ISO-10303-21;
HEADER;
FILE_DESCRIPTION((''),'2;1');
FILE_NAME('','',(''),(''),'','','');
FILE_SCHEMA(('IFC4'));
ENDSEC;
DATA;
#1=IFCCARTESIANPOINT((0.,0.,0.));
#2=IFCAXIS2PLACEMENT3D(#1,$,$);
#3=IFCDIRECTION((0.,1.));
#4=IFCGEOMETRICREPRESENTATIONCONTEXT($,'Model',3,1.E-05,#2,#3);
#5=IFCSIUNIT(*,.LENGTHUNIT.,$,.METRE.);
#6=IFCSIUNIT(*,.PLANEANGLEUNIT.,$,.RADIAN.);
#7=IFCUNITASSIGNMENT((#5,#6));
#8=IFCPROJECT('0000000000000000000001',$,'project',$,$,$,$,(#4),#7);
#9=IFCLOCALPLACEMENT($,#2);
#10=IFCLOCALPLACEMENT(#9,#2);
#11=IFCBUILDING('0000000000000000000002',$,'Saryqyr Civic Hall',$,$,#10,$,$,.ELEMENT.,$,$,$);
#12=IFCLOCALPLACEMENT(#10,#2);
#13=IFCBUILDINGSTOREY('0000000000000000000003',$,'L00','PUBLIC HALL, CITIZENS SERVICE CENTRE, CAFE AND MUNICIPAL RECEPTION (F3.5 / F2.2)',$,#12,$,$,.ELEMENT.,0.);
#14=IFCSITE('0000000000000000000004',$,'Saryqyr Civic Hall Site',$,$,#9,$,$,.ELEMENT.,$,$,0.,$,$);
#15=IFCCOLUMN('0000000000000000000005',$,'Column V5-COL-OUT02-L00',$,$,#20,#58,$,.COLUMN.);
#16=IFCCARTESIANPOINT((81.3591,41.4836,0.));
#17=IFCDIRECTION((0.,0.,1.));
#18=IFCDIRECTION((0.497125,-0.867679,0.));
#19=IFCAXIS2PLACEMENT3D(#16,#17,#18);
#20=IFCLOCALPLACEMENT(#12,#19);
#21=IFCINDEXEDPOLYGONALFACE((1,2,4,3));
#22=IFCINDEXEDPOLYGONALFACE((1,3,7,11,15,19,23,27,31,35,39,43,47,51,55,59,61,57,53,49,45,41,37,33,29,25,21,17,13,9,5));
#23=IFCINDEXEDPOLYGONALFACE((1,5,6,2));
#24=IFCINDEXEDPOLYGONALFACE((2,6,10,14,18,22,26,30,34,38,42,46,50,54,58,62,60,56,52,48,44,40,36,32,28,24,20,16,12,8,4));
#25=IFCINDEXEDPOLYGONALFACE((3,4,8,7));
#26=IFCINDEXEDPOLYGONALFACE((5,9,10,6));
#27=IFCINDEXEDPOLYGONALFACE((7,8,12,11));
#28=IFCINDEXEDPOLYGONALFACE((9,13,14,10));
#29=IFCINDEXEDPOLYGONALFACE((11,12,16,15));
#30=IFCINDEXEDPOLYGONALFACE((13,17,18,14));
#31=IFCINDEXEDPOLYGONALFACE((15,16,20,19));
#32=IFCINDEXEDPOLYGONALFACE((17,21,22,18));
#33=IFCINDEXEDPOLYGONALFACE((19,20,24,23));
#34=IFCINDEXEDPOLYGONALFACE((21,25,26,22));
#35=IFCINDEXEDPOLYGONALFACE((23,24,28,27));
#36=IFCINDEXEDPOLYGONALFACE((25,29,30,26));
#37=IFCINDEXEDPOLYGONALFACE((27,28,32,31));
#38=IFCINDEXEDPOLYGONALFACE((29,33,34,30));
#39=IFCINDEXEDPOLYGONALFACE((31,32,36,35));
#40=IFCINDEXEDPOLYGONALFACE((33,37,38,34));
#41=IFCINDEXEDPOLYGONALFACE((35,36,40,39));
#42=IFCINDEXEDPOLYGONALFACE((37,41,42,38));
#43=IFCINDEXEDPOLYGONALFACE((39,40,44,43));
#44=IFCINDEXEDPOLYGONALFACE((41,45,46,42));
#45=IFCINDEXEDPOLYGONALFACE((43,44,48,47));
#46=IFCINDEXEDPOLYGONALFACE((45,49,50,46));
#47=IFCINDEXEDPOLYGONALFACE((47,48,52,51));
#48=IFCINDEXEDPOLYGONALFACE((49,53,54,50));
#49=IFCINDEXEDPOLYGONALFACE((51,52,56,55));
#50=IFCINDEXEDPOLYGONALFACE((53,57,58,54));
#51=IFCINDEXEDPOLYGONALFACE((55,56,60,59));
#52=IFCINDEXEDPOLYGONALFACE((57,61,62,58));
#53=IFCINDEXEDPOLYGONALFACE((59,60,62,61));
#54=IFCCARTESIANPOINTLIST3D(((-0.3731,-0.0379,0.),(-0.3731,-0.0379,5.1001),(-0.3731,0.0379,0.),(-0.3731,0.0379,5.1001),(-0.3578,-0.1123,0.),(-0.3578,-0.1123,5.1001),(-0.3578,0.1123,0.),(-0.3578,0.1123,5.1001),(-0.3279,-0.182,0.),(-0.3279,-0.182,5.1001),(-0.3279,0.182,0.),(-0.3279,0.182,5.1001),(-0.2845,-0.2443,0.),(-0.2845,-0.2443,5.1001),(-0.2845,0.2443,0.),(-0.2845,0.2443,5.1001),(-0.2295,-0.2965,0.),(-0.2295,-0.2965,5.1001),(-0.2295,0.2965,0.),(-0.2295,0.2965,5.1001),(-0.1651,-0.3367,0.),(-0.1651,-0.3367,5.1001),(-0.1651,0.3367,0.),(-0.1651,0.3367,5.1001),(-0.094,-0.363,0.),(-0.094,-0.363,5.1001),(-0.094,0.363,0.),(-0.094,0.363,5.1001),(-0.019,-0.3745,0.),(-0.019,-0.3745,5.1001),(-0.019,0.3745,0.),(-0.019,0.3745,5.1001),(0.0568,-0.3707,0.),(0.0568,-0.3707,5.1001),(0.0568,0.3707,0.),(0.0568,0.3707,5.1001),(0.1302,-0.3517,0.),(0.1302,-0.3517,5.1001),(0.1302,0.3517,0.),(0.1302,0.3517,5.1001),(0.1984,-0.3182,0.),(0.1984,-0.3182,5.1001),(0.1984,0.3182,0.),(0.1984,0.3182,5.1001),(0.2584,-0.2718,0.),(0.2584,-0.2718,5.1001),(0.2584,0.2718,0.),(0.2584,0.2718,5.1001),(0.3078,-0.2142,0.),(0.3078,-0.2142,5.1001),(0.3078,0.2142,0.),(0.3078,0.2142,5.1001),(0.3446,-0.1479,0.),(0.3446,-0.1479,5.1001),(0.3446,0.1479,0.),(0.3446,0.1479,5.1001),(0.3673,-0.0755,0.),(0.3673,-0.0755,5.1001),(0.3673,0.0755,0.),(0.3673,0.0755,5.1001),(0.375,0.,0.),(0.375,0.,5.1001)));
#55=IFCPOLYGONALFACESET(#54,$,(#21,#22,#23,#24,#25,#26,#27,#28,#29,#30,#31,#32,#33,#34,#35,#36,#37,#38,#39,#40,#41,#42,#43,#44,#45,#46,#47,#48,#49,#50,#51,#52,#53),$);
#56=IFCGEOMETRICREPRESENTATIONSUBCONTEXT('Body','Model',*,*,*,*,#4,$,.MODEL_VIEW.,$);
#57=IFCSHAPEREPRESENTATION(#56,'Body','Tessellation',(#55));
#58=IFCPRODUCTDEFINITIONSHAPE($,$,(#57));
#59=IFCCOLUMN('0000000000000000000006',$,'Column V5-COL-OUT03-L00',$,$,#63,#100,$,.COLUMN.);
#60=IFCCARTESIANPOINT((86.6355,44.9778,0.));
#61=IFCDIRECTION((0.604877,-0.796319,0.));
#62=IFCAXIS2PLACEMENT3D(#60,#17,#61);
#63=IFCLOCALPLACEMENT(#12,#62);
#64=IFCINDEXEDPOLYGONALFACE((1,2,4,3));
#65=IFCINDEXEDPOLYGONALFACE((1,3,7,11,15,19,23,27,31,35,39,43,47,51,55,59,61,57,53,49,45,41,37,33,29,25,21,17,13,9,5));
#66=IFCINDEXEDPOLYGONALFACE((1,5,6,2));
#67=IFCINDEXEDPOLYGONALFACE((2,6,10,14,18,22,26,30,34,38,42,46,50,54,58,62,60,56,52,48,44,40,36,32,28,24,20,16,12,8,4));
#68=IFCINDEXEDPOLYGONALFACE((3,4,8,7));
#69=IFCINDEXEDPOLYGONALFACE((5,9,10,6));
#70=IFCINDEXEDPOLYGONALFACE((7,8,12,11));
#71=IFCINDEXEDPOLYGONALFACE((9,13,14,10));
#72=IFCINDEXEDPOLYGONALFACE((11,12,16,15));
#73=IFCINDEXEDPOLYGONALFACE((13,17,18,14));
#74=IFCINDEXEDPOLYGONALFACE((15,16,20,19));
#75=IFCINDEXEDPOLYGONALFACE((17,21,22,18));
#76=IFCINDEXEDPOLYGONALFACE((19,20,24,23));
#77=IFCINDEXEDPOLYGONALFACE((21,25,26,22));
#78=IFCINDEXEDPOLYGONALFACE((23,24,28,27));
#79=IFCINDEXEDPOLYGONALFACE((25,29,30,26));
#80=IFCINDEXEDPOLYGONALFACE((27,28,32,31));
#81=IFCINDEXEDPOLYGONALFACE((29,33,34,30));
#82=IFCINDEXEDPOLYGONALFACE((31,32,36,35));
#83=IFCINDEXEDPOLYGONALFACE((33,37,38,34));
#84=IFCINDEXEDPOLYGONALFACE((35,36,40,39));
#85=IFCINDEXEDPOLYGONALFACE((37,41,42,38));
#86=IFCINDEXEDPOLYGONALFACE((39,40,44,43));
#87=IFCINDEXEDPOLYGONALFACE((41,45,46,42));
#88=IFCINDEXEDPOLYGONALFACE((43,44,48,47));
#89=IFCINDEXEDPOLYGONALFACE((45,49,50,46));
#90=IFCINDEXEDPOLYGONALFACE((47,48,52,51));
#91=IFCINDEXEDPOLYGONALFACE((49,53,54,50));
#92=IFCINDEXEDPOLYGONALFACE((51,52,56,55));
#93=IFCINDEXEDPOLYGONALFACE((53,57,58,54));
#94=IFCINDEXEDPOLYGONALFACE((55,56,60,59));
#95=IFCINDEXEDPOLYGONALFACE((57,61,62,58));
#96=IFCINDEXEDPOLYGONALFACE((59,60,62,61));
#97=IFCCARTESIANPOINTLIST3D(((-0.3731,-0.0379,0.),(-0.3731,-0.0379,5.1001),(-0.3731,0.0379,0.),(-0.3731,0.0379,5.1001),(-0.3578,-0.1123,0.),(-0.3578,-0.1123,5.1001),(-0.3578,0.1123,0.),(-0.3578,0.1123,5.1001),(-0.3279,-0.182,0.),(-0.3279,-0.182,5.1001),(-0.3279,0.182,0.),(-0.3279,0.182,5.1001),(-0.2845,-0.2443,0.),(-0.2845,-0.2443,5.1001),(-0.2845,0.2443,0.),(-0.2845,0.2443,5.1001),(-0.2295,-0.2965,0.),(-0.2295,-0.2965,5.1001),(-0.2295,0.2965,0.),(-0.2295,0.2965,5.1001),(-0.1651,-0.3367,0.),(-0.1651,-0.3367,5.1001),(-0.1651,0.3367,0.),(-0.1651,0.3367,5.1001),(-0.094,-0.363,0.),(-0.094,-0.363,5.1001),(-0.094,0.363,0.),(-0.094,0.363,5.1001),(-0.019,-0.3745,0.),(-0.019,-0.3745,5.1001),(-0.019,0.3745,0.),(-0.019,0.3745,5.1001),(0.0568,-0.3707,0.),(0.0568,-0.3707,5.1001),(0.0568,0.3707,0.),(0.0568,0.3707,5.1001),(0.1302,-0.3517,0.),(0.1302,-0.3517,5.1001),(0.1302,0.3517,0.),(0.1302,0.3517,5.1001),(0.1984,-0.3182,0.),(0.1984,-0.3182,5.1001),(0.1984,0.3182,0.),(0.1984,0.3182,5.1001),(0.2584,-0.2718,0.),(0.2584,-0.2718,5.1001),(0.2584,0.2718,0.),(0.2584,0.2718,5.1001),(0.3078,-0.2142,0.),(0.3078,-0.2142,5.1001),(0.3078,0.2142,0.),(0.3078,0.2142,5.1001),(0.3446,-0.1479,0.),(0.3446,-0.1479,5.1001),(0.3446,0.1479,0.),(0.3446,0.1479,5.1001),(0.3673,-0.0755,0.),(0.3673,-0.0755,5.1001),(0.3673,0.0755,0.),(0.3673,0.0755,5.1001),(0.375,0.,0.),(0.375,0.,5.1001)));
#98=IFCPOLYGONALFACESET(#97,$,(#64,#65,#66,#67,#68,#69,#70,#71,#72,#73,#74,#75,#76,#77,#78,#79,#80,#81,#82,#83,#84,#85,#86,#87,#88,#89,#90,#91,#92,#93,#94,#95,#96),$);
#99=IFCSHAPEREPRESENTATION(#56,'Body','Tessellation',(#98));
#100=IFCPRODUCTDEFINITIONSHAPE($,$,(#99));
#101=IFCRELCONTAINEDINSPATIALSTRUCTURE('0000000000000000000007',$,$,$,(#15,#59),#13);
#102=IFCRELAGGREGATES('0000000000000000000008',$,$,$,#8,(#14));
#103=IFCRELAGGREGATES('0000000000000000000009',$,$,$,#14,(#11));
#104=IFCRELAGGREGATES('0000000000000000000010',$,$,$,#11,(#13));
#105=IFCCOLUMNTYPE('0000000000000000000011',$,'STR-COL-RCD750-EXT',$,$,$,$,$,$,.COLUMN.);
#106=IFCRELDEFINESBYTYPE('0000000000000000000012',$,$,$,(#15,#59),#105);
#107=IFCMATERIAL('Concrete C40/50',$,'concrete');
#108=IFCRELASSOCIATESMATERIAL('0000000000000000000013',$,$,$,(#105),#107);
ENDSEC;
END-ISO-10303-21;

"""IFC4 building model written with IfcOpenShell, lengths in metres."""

from ifc_helpers import new_model, si_unit, direction, frame, origin, origin_2d, place, context, subcontext, project, spatial, circle, extrude, material, material_profile, profile_set, type_object, element, save


model = new_model("IFC4")

# Units and contexts
model_context = context("Model", 3, precision=1e-05, world=origin(), true_north=direction((0.0, 1.0)))
body_context = subcontext(model_context, "Body", "Model", "MODEL_VIEW")
ifc_project = project(units=[si_unit("LENGTHUNIT", "METRE"), si_unit("PLANEANGLEUNIT", "RADIAN")], contexts=[model_context])

# Site, building, storey
site_placement = place(None, origin())
site = spatial("IfcSite", under=ifc_project, at=site_placement, Name="Saryqyr Civic Hall Site", CompositionType="ELEMENT", RefElevation=0.0)
building_placement = place(site_placement, origin())
building = spatial("IfcBuilding", under=site, at=building_placement, Name="Saryqyr Civic Hall", CompositionType="ELEMENT")
storey_placement = place(building_placement, origin())
storey = spatial("IfcBuildingStorey", under=building, at=storey_placement, Name="L00", Description="PUBLIC HALL, CITIZENS SERVICE CENTRE, CAFE AND MUNICIPAL RECEPTION (F3.5 / F2.2)", CompositionType="ELEMENT", Elevation=0.0)

# Columns
ifc_material_1 = material(Name="Concrete C40/50", Category="concrete")
ifc_material_profile_1 = material_profile(ifc_material_1, circle(Radius=0.375, at=origin_2d()), Name="RC D750")
ifc_profile_set_1 = profile_set([ifc_material_profile_1], Name="Concrete C40/50")
column_type = type_object("IfcColumnType", Name="STR-COL-RCD750-EXT", PredefinedType="COLUMN", material=ifc_profile_set_1)
for number, where, z_axis, x_axis, name in (
    (1, (81.3591, 41.4836, 0.0), (0.0, 0.0, 1.0), (0.497125, -0.867679, 0.0), "Column V5-COL-OUT02-L00"),
    (2, (86.6355, 44.9778, 0.0), (0.0, 0.0, 1.0), (0.604877, -0.796319, 0.0), "Column V5-COL-OUT03-L00"),
):
    element("IfcColumn", number, at=place(storey_placement, frame(where, z_axis=z_axis, x_axis=x_axis)), inside=storey, type_object=column_type, Name=name, PredefinedType="COLUMN", context=body_context, shape_type="SweptSolid", body=[
        extrude(circle(Radius=0.375, at=origin_2d()), origin(), (0.0, 0.0, 1.0), 5.1001),
    ])

save(model, "model.ifc")
